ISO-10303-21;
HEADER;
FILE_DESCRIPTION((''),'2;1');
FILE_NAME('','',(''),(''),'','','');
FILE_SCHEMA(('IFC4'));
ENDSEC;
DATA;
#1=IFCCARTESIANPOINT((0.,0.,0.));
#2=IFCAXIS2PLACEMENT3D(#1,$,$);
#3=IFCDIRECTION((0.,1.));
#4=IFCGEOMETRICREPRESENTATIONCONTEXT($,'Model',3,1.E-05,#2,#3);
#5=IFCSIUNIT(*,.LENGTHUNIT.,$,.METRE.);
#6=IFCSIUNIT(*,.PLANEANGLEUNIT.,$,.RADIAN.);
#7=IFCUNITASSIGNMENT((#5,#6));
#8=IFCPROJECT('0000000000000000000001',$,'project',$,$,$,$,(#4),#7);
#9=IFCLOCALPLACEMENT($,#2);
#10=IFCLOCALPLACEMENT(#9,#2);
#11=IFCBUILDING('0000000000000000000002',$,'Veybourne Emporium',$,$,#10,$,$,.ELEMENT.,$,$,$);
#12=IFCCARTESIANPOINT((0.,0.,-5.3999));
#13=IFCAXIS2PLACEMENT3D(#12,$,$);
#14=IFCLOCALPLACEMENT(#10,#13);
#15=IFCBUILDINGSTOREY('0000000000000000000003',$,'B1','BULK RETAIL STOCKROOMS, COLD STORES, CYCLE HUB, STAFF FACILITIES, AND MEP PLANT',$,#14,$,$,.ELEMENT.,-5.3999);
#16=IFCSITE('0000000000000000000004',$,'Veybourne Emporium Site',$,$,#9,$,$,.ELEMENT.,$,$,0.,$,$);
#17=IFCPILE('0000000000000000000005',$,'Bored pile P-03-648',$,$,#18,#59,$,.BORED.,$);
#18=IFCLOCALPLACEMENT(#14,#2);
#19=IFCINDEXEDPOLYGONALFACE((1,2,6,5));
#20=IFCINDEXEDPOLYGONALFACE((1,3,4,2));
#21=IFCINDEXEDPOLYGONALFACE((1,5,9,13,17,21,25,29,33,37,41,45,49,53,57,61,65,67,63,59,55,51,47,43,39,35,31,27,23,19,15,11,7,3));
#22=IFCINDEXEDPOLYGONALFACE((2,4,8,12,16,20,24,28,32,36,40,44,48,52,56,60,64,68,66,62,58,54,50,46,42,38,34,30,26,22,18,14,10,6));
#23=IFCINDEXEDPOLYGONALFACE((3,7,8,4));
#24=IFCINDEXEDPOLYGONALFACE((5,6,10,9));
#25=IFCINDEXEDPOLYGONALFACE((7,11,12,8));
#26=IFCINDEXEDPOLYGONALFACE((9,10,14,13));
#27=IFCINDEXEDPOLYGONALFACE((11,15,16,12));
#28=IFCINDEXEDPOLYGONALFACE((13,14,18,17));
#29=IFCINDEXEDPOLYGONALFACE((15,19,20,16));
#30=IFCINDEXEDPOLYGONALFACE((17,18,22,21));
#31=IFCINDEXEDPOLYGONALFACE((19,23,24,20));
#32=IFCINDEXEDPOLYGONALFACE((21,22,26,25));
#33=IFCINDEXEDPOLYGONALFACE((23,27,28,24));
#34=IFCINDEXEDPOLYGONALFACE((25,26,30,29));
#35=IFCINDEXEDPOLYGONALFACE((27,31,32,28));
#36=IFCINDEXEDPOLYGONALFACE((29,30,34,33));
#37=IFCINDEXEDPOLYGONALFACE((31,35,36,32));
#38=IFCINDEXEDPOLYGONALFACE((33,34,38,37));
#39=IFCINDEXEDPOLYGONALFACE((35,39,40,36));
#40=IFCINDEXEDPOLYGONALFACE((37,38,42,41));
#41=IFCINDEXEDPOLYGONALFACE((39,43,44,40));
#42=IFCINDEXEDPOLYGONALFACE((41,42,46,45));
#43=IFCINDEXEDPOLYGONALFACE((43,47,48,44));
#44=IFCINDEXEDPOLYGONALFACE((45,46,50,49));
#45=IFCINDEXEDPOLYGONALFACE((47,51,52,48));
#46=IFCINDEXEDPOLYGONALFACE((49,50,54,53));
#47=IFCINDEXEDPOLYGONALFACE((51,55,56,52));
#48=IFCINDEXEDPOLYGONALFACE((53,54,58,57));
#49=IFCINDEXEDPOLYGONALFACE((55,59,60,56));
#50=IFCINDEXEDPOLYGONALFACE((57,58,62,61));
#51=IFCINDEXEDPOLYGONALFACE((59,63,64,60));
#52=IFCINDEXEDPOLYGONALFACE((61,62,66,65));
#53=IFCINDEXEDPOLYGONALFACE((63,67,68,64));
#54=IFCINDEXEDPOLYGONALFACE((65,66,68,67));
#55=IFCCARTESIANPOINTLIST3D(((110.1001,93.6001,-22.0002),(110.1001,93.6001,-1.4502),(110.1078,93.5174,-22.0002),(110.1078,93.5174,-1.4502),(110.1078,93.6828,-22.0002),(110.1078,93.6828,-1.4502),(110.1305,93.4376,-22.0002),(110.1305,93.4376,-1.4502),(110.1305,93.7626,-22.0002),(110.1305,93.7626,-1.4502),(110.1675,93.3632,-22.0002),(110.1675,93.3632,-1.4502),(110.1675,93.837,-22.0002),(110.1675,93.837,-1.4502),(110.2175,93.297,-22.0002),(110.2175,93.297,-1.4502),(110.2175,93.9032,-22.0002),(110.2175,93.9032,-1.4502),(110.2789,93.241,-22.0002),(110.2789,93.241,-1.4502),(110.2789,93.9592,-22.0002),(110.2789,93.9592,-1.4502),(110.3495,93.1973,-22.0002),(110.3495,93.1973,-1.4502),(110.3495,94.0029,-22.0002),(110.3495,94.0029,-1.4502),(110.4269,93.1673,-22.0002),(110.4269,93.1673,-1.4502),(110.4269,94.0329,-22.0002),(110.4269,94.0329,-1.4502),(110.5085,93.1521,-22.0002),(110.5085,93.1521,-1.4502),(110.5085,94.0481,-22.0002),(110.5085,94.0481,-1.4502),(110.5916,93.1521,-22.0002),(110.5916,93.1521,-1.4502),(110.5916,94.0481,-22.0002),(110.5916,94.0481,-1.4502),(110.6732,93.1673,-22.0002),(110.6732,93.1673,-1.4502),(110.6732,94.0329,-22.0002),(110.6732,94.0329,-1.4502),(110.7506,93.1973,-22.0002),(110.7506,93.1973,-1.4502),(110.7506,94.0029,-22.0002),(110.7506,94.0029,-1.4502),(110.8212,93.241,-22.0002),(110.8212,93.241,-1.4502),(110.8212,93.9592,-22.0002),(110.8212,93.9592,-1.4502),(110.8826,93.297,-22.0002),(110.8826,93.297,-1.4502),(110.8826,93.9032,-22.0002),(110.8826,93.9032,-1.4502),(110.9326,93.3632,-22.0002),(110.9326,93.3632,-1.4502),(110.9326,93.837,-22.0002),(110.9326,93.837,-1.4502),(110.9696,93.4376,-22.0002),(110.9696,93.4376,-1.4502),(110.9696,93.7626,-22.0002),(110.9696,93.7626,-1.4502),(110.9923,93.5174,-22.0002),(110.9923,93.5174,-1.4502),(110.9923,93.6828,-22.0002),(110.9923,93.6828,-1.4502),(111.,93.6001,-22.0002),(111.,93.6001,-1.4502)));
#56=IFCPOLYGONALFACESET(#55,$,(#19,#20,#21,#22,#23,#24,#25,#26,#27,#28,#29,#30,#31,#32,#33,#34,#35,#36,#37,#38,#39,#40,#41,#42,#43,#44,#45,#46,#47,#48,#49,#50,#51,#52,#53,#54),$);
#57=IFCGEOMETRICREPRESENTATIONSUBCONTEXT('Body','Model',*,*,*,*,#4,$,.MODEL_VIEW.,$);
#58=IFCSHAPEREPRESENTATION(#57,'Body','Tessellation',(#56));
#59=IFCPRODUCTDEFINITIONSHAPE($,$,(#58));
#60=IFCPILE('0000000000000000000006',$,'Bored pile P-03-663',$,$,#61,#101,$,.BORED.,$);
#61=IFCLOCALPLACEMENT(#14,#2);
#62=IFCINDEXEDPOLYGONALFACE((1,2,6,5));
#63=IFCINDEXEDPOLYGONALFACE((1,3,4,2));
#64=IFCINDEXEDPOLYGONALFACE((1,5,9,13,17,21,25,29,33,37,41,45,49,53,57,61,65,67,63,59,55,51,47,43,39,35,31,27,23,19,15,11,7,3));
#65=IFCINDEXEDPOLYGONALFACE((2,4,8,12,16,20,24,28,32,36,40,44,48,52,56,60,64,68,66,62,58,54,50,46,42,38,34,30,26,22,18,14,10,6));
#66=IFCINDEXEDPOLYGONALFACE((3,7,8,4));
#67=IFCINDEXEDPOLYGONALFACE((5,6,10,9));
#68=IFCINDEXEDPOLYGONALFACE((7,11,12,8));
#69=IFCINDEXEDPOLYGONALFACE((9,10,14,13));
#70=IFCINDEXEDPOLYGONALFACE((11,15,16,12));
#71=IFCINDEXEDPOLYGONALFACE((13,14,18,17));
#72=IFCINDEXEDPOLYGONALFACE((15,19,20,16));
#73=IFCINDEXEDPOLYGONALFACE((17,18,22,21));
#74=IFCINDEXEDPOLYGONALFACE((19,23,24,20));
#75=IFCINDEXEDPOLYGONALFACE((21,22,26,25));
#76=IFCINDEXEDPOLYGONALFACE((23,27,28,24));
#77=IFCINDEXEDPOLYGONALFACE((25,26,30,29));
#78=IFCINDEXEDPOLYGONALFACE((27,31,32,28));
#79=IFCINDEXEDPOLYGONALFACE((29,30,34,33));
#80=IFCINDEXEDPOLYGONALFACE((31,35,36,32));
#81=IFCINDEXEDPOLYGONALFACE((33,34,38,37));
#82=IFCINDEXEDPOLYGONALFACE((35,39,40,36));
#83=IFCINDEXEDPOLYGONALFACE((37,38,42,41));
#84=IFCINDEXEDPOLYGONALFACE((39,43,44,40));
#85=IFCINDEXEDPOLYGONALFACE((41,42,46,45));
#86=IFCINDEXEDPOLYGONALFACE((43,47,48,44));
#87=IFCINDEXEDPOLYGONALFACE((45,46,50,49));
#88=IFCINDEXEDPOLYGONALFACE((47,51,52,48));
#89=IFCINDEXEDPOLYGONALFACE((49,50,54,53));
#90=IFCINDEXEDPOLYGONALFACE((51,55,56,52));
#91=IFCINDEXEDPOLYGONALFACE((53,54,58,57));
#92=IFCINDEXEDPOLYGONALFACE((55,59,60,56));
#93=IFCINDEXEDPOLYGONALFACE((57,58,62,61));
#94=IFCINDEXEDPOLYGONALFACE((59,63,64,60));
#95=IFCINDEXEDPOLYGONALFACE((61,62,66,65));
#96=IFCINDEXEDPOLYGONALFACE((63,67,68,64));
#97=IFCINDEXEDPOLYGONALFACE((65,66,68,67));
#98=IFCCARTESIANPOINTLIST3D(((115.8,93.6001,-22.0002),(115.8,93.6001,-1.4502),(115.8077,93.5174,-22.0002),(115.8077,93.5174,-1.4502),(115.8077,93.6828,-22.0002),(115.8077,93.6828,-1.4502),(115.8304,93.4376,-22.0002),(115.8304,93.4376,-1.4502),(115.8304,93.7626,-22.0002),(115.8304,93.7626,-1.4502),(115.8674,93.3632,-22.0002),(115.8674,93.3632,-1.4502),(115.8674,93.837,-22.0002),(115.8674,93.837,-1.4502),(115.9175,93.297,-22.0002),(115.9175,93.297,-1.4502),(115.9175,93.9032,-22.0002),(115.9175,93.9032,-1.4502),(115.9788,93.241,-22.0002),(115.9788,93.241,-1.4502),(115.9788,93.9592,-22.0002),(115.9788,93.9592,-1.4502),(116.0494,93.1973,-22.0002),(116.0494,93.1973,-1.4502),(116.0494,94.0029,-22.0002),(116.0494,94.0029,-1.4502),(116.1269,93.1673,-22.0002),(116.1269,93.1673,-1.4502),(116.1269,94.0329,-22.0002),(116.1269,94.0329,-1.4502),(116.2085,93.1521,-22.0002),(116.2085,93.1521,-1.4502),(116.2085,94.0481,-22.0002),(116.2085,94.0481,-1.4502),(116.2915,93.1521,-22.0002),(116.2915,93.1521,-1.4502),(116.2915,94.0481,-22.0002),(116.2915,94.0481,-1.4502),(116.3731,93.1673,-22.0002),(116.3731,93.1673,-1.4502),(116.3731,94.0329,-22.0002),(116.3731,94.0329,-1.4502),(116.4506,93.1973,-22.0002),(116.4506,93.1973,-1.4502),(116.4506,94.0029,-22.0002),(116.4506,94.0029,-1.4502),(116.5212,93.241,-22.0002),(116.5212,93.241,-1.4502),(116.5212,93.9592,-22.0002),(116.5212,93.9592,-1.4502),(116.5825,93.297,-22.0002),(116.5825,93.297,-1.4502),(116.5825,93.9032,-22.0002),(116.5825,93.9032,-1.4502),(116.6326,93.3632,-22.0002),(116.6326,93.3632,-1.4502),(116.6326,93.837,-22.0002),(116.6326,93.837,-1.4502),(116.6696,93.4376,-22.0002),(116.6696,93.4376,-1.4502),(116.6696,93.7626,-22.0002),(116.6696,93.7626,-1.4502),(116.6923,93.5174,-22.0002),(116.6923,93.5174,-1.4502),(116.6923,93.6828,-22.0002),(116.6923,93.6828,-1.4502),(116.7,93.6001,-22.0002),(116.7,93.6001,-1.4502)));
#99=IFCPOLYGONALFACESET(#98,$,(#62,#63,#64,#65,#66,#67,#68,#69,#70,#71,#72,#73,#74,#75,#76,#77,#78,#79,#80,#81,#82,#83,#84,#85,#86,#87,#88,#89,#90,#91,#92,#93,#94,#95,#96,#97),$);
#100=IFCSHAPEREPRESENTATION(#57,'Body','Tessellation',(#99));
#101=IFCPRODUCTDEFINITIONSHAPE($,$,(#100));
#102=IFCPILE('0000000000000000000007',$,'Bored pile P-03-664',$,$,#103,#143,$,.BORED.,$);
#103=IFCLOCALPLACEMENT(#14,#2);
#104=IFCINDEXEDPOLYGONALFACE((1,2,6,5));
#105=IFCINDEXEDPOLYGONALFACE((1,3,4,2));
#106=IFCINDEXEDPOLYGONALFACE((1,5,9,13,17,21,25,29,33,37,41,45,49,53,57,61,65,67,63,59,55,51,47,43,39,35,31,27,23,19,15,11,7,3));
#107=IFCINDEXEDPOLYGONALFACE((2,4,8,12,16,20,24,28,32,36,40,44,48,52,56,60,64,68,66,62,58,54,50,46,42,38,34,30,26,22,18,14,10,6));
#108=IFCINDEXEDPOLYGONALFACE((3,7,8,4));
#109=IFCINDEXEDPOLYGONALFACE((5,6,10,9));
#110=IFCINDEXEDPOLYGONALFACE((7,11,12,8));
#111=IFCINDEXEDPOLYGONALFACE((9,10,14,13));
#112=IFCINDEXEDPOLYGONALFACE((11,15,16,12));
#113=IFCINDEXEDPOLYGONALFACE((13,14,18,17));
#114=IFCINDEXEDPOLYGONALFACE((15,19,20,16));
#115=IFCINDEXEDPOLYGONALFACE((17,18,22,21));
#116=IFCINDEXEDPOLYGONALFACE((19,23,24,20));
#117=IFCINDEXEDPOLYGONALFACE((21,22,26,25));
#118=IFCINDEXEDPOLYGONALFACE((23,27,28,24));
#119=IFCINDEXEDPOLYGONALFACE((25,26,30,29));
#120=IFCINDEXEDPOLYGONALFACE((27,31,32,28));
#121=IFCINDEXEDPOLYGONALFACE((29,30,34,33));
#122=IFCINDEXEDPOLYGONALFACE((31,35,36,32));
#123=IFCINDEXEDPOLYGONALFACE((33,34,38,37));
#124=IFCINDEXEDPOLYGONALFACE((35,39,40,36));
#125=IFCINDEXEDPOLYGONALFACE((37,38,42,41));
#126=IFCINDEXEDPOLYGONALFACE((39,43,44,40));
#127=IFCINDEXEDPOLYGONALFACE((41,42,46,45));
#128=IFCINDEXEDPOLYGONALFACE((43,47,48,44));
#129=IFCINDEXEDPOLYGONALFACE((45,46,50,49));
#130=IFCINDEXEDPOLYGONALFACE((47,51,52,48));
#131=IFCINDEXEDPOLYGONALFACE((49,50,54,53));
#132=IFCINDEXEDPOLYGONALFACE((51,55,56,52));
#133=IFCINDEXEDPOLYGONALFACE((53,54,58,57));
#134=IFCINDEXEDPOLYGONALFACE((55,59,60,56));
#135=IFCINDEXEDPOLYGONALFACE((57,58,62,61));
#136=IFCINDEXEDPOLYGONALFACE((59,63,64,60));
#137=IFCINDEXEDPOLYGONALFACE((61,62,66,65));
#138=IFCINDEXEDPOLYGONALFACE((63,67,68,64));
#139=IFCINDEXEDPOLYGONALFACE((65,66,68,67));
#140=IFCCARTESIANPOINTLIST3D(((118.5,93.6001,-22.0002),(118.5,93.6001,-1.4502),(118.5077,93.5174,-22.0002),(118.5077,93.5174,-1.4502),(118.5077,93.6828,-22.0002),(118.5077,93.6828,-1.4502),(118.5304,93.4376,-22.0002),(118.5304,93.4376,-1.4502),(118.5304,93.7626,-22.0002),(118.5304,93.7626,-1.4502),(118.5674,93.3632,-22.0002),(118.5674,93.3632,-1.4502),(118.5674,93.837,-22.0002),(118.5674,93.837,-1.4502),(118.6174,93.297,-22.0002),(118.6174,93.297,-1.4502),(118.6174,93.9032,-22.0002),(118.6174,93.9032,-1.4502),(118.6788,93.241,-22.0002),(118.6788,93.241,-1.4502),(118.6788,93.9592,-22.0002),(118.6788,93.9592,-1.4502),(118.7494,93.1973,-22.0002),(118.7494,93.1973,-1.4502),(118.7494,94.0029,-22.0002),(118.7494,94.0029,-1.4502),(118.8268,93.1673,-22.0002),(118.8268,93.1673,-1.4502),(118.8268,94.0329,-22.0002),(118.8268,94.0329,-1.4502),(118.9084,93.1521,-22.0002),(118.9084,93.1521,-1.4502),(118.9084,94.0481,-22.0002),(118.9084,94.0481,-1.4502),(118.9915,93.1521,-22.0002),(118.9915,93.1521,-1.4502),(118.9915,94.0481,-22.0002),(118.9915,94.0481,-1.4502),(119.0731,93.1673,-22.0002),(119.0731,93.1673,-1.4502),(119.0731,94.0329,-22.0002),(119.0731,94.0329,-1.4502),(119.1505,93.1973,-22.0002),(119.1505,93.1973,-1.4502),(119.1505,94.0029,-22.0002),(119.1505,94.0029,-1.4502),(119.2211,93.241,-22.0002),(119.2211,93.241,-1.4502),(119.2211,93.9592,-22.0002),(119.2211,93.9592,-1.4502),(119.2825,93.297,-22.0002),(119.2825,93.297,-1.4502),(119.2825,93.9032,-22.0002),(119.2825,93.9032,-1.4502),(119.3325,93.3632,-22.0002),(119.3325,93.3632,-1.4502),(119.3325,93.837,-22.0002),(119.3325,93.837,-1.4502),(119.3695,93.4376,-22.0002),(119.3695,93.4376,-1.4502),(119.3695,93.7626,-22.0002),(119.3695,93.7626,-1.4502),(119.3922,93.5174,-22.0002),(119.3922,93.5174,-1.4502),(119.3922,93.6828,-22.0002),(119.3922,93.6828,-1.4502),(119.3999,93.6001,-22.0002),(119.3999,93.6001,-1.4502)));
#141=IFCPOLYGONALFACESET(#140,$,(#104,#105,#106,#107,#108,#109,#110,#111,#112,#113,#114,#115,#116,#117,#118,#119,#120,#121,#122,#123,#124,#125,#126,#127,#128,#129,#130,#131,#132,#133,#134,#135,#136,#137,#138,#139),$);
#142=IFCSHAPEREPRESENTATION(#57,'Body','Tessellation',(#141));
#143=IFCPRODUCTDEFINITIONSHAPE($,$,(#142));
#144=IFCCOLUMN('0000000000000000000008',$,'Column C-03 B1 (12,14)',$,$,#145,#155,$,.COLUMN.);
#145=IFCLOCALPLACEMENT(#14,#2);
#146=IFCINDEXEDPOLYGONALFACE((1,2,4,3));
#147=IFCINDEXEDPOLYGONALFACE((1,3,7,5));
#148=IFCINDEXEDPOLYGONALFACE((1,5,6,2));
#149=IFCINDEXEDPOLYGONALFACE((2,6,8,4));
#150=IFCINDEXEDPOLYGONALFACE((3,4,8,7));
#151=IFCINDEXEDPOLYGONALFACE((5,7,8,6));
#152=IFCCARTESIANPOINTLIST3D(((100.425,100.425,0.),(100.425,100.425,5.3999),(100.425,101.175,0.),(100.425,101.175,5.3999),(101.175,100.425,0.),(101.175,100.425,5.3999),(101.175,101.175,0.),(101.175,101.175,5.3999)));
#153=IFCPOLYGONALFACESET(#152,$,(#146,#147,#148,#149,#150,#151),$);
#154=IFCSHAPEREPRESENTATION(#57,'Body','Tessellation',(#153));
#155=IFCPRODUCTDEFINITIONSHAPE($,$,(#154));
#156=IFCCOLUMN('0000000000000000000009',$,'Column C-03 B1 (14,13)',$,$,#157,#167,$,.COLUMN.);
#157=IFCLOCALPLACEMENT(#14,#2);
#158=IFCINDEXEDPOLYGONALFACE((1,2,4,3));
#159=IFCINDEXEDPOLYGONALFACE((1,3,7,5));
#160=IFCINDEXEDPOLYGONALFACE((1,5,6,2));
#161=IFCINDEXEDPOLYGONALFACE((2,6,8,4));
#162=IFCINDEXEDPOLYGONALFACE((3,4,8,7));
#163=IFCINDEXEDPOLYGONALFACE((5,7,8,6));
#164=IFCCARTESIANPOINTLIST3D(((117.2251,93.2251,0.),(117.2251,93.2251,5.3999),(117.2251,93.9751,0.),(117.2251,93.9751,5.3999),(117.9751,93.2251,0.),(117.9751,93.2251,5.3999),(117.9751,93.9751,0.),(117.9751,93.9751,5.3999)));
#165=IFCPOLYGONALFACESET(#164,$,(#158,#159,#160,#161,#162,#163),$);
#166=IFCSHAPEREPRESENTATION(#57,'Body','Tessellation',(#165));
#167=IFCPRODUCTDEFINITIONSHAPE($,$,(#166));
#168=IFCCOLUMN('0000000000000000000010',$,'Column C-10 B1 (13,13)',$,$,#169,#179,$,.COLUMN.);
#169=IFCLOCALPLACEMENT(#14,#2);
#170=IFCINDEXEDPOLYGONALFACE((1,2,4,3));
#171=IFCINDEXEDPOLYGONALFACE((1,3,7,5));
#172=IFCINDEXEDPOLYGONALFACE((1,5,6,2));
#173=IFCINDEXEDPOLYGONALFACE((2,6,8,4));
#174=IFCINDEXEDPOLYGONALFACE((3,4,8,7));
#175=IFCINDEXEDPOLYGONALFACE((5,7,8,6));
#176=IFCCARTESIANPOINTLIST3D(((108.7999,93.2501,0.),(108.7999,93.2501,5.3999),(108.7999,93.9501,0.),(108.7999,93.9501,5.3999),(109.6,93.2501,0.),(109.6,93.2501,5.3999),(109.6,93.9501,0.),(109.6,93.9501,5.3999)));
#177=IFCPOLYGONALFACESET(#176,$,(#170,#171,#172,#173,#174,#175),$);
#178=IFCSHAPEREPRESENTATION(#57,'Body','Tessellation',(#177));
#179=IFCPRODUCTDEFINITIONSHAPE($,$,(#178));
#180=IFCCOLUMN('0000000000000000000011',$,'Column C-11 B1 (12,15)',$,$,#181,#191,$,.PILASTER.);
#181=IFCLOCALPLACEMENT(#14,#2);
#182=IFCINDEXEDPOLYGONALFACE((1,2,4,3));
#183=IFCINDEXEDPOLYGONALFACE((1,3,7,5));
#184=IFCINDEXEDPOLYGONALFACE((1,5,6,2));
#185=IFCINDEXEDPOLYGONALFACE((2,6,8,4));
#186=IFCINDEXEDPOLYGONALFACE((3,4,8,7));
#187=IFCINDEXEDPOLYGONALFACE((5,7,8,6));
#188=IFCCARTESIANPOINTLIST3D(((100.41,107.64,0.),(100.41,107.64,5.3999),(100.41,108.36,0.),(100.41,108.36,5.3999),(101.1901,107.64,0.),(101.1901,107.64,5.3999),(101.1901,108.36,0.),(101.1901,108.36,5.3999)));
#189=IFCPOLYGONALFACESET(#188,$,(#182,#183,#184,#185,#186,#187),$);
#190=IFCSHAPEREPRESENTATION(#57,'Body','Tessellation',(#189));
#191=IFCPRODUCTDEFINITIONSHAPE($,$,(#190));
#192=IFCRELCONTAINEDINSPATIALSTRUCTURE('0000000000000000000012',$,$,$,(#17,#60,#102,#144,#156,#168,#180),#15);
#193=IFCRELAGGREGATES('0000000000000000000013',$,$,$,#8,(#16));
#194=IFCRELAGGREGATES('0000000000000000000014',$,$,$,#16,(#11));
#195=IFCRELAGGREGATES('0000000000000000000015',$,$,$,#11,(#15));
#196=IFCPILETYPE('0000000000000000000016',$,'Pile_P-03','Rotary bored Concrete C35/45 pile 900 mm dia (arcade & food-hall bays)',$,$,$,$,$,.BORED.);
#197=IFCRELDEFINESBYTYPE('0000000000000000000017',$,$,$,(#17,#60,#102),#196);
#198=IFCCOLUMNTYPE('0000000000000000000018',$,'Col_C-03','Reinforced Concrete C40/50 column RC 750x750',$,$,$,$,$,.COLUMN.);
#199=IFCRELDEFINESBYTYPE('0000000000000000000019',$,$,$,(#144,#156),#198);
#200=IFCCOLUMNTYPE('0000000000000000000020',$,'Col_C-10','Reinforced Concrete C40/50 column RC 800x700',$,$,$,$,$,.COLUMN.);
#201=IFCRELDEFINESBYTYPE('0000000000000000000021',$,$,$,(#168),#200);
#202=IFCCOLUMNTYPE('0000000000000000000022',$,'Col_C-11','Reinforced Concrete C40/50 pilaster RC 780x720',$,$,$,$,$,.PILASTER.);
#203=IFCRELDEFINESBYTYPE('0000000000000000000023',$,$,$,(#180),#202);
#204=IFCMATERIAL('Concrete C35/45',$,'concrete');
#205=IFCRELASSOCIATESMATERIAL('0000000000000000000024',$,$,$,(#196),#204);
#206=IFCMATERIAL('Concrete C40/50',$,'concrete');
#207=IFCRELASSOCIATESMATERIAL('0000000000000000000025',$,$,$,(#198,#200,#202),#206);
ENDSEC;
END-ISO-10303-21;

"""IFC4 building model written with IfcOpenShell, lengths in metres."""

from ifc_helpers import new_model, si_unit, direction, frame, origin, origin_2d, place, context, subcontext, project, spatial, rectangle, circle, extrude, material, material_profile, profile_set, type_object, element, save


model = new_model("IFC4")

# Units and contexts
model_context = context("Model", 3, precision=1e-05, world=origin(), true_north=direction((0.0, 1.0)))
body_context = subcontext(model_context, "Body", "Model", "MODEL_VIEW")
ifc_project = project(units=[si_unit("LENGTHUNIT", "METRE"), si_unit("PLANEANGLEUNIT", "RADIAN")], contexts=[model_context])

# Site, building, storey
site_placement = place(None, origin())
site = spatial("IfcSite", under=ifc_project, at=site_placement, Name="Veybourne Emporium Site", CompositionType="ELEMENT", RefElevation=0.0)
building_placement = place(site_placement, origin())
building = spatial("IfcBuilding", under=site, at=building_placement, Name="Veybourne Emporium", CompositionType="ELEMENT")
storey_placement = place(building_placement, frame((0.0, 0.0, -5.3999)))
storey = spatial("IfcBuildingStorey", under=building, at=storey_placement, Name="B1", Description="BULK RETAIL STOCKROOMS, COLD STORES, CYCLE HUB, STAFF FACILITIES, AND MEP PLANT", CompositionType="ELEMENT", Elevation=-5.3999)

# Shared definitions
ifc_material_1 = material(Name="Concrete C35/45", Category="concrete")

# Piles
ifc_material_profile_1 = material_profile(ifc_material_1, circle(Radius=0.45, at=origin_2d()), Name="BORED PILE 900")
ifc_profile_set_1 = profile_set([ifc_material_profile_1], Name="Concrete C35/45")
pile_type_1 = type_object("IfcPileType", Name="Pile_P-03", Description="Rotary bored Concrete C35/45 pile 900 mm dia (arcade & food-hall bays)", PredefinedType="BORED", material=ifc_profile_set_1)
for number, where, z_axis, x_axis, name in (
    (1, (110.55, 93.6001, -1.4502), (0.0, 0.0, -1.0), (1.0, 0.0, 0.0), "Bored pile P-03-648"),
    (2, (116.25, 93.6001, -1.4502), (0.0, 0.0, -1.0), (1.0, 0.0, 0.0), "Bored pile P-03-663"),
    (3, (118.95, 93.6001, -1.4502), (0.0, 0.0, -1.0), (1.0, 0.0, 0.0), "Bored pile P-03-664"),
):
    element("IfcPile", number, at=place(storey_placement, frame(where, z_axis=z_axis, x_axis=x_axis)), inside=storey, type_object=pile_type_1, Name=name, PredefinedType="BORED", context=body_context, shape_type="SweptSolid", body=[
        extrude(circle(Radius=0.45, at=origin_2d()), origin(), (0.0, 0.0, 1.0), 20.55),
    ])

# Columns
ifc_material_2 = material(Name="Concrete C40/50", Category="concrete")
ifc_material_profile_2 = material_profile(ifc_material_2, rectangle(XDim=0.75, YDim=0.75, at=origin_2d()), Name="RC 750x750")
ifc_profile_set_2 = profile_set([ifc_material_profile_2], Name="Concrete C40/50")
column_type_1 = type_object("IfcColumnType", Name="Col_C-03", Description="Reinforced Concrete C40/50 column RC 750x750", PredefinedType="COLUMN", material=ifc_profile_set_2)
for number, where, z_axis, x_axis, name in (
    (4, (100.8, 100.8, 0.0), (0.0, 0.0, 1.0), (1.0, 0.0, 0.0), "Column C-03 B1 (12,14)"),
    (5, (117.6001, 93.6001, 0.0), (0.0, 0.0, 1.0), (1.0, 0.0, 0.0), "Column C-03 B1 (14,13)"),
):
    element("IfcColumn", number, at=place(storey_placement, frame(where, z_axis=z_axis, x_axis=x_axis)), inside=storey, type_object=column_type_1, Name=name, PredefinedType="COLUMN", context=body_context, shape_type="SweptSolid", body=[
        extrude(rectangle(XDim=0.75, YDim=0.75, at=origin_2d()), origin(), (0.0, 0.0, 1.0), 5.3999),
    ])
ifc_material_profile_3 = material_profile(ifc_material_2, rectangle(XDim=0.8, YDim=0.7, at=origin_2d()), Name="RC 800x700")
ifc_profile_set_3 = profile_set([ifc_material_profile_3], Name="Concrete C40/50")
column_type_2 = type_object("IfcColumnType", Name="Col_C-10", Description="Reinforced Concrete C40/50 column RC 800x700", PredefinedType="COLUMN", material=ifc_profile_set_3)
column_1_placement = place(storey_placement, frame((109.2, 93.6001, 0.0), z_axis=(0.0, 0.0, 1.0), x_axis=(1.0, 0.0, 0.0)))
element("IfcColumn", 6, at=column_1_placement, inside=storey, type_object=column_type_2, Name="Column C-10 B1 (13,13)", PredefinedType="COLUMN", context=body_context, shape_type="SweptSolid", body=[
    extrude(rectangle(XDim=0.8, YDim=0.7, at=origin_2d()), origin(), (0.0, 0.0, 1.0), 5.3999),
])
ifc_material_profile_4 = material_profile(ifc_material_2, rectangle(XDim=0.78, YDim=0.72, at=origin_2d()), Name="RC 780x720")
ifc_profile_set_4 = profile_set([ifc_material_profile_4], Name="Concrete C40/50")
column_type_3 = type_object("IfcColumnType", Name="Col_C-11", Description="Reinforced Concrete C40/50 pilaster RC 780x720", PredefinedType="PILASTER", material=ifc_profile_set_4)
column_2_placement = place(storey_placement, frame((100.8, 108.0, 0.0), z_axis=(0.0, 0.0, 1.0), x_axis=(1.0, 0.0, 0.0)))
element("IfcColumn", 7, at=column_2_placement, inside=storey, type_object=column_type_3, Name="Column C-11 B1 (12,15)", PredefinedType="PILASTER", context=body_context, shape_type="SweptSolid", body=[
    extrude(rectangle(XDim=0.78, YDim=0.72, at=origin_2d()), origin(), (0.0, 0.0, 1.0), 5.3999),
])

save(model, "model.ifc")
